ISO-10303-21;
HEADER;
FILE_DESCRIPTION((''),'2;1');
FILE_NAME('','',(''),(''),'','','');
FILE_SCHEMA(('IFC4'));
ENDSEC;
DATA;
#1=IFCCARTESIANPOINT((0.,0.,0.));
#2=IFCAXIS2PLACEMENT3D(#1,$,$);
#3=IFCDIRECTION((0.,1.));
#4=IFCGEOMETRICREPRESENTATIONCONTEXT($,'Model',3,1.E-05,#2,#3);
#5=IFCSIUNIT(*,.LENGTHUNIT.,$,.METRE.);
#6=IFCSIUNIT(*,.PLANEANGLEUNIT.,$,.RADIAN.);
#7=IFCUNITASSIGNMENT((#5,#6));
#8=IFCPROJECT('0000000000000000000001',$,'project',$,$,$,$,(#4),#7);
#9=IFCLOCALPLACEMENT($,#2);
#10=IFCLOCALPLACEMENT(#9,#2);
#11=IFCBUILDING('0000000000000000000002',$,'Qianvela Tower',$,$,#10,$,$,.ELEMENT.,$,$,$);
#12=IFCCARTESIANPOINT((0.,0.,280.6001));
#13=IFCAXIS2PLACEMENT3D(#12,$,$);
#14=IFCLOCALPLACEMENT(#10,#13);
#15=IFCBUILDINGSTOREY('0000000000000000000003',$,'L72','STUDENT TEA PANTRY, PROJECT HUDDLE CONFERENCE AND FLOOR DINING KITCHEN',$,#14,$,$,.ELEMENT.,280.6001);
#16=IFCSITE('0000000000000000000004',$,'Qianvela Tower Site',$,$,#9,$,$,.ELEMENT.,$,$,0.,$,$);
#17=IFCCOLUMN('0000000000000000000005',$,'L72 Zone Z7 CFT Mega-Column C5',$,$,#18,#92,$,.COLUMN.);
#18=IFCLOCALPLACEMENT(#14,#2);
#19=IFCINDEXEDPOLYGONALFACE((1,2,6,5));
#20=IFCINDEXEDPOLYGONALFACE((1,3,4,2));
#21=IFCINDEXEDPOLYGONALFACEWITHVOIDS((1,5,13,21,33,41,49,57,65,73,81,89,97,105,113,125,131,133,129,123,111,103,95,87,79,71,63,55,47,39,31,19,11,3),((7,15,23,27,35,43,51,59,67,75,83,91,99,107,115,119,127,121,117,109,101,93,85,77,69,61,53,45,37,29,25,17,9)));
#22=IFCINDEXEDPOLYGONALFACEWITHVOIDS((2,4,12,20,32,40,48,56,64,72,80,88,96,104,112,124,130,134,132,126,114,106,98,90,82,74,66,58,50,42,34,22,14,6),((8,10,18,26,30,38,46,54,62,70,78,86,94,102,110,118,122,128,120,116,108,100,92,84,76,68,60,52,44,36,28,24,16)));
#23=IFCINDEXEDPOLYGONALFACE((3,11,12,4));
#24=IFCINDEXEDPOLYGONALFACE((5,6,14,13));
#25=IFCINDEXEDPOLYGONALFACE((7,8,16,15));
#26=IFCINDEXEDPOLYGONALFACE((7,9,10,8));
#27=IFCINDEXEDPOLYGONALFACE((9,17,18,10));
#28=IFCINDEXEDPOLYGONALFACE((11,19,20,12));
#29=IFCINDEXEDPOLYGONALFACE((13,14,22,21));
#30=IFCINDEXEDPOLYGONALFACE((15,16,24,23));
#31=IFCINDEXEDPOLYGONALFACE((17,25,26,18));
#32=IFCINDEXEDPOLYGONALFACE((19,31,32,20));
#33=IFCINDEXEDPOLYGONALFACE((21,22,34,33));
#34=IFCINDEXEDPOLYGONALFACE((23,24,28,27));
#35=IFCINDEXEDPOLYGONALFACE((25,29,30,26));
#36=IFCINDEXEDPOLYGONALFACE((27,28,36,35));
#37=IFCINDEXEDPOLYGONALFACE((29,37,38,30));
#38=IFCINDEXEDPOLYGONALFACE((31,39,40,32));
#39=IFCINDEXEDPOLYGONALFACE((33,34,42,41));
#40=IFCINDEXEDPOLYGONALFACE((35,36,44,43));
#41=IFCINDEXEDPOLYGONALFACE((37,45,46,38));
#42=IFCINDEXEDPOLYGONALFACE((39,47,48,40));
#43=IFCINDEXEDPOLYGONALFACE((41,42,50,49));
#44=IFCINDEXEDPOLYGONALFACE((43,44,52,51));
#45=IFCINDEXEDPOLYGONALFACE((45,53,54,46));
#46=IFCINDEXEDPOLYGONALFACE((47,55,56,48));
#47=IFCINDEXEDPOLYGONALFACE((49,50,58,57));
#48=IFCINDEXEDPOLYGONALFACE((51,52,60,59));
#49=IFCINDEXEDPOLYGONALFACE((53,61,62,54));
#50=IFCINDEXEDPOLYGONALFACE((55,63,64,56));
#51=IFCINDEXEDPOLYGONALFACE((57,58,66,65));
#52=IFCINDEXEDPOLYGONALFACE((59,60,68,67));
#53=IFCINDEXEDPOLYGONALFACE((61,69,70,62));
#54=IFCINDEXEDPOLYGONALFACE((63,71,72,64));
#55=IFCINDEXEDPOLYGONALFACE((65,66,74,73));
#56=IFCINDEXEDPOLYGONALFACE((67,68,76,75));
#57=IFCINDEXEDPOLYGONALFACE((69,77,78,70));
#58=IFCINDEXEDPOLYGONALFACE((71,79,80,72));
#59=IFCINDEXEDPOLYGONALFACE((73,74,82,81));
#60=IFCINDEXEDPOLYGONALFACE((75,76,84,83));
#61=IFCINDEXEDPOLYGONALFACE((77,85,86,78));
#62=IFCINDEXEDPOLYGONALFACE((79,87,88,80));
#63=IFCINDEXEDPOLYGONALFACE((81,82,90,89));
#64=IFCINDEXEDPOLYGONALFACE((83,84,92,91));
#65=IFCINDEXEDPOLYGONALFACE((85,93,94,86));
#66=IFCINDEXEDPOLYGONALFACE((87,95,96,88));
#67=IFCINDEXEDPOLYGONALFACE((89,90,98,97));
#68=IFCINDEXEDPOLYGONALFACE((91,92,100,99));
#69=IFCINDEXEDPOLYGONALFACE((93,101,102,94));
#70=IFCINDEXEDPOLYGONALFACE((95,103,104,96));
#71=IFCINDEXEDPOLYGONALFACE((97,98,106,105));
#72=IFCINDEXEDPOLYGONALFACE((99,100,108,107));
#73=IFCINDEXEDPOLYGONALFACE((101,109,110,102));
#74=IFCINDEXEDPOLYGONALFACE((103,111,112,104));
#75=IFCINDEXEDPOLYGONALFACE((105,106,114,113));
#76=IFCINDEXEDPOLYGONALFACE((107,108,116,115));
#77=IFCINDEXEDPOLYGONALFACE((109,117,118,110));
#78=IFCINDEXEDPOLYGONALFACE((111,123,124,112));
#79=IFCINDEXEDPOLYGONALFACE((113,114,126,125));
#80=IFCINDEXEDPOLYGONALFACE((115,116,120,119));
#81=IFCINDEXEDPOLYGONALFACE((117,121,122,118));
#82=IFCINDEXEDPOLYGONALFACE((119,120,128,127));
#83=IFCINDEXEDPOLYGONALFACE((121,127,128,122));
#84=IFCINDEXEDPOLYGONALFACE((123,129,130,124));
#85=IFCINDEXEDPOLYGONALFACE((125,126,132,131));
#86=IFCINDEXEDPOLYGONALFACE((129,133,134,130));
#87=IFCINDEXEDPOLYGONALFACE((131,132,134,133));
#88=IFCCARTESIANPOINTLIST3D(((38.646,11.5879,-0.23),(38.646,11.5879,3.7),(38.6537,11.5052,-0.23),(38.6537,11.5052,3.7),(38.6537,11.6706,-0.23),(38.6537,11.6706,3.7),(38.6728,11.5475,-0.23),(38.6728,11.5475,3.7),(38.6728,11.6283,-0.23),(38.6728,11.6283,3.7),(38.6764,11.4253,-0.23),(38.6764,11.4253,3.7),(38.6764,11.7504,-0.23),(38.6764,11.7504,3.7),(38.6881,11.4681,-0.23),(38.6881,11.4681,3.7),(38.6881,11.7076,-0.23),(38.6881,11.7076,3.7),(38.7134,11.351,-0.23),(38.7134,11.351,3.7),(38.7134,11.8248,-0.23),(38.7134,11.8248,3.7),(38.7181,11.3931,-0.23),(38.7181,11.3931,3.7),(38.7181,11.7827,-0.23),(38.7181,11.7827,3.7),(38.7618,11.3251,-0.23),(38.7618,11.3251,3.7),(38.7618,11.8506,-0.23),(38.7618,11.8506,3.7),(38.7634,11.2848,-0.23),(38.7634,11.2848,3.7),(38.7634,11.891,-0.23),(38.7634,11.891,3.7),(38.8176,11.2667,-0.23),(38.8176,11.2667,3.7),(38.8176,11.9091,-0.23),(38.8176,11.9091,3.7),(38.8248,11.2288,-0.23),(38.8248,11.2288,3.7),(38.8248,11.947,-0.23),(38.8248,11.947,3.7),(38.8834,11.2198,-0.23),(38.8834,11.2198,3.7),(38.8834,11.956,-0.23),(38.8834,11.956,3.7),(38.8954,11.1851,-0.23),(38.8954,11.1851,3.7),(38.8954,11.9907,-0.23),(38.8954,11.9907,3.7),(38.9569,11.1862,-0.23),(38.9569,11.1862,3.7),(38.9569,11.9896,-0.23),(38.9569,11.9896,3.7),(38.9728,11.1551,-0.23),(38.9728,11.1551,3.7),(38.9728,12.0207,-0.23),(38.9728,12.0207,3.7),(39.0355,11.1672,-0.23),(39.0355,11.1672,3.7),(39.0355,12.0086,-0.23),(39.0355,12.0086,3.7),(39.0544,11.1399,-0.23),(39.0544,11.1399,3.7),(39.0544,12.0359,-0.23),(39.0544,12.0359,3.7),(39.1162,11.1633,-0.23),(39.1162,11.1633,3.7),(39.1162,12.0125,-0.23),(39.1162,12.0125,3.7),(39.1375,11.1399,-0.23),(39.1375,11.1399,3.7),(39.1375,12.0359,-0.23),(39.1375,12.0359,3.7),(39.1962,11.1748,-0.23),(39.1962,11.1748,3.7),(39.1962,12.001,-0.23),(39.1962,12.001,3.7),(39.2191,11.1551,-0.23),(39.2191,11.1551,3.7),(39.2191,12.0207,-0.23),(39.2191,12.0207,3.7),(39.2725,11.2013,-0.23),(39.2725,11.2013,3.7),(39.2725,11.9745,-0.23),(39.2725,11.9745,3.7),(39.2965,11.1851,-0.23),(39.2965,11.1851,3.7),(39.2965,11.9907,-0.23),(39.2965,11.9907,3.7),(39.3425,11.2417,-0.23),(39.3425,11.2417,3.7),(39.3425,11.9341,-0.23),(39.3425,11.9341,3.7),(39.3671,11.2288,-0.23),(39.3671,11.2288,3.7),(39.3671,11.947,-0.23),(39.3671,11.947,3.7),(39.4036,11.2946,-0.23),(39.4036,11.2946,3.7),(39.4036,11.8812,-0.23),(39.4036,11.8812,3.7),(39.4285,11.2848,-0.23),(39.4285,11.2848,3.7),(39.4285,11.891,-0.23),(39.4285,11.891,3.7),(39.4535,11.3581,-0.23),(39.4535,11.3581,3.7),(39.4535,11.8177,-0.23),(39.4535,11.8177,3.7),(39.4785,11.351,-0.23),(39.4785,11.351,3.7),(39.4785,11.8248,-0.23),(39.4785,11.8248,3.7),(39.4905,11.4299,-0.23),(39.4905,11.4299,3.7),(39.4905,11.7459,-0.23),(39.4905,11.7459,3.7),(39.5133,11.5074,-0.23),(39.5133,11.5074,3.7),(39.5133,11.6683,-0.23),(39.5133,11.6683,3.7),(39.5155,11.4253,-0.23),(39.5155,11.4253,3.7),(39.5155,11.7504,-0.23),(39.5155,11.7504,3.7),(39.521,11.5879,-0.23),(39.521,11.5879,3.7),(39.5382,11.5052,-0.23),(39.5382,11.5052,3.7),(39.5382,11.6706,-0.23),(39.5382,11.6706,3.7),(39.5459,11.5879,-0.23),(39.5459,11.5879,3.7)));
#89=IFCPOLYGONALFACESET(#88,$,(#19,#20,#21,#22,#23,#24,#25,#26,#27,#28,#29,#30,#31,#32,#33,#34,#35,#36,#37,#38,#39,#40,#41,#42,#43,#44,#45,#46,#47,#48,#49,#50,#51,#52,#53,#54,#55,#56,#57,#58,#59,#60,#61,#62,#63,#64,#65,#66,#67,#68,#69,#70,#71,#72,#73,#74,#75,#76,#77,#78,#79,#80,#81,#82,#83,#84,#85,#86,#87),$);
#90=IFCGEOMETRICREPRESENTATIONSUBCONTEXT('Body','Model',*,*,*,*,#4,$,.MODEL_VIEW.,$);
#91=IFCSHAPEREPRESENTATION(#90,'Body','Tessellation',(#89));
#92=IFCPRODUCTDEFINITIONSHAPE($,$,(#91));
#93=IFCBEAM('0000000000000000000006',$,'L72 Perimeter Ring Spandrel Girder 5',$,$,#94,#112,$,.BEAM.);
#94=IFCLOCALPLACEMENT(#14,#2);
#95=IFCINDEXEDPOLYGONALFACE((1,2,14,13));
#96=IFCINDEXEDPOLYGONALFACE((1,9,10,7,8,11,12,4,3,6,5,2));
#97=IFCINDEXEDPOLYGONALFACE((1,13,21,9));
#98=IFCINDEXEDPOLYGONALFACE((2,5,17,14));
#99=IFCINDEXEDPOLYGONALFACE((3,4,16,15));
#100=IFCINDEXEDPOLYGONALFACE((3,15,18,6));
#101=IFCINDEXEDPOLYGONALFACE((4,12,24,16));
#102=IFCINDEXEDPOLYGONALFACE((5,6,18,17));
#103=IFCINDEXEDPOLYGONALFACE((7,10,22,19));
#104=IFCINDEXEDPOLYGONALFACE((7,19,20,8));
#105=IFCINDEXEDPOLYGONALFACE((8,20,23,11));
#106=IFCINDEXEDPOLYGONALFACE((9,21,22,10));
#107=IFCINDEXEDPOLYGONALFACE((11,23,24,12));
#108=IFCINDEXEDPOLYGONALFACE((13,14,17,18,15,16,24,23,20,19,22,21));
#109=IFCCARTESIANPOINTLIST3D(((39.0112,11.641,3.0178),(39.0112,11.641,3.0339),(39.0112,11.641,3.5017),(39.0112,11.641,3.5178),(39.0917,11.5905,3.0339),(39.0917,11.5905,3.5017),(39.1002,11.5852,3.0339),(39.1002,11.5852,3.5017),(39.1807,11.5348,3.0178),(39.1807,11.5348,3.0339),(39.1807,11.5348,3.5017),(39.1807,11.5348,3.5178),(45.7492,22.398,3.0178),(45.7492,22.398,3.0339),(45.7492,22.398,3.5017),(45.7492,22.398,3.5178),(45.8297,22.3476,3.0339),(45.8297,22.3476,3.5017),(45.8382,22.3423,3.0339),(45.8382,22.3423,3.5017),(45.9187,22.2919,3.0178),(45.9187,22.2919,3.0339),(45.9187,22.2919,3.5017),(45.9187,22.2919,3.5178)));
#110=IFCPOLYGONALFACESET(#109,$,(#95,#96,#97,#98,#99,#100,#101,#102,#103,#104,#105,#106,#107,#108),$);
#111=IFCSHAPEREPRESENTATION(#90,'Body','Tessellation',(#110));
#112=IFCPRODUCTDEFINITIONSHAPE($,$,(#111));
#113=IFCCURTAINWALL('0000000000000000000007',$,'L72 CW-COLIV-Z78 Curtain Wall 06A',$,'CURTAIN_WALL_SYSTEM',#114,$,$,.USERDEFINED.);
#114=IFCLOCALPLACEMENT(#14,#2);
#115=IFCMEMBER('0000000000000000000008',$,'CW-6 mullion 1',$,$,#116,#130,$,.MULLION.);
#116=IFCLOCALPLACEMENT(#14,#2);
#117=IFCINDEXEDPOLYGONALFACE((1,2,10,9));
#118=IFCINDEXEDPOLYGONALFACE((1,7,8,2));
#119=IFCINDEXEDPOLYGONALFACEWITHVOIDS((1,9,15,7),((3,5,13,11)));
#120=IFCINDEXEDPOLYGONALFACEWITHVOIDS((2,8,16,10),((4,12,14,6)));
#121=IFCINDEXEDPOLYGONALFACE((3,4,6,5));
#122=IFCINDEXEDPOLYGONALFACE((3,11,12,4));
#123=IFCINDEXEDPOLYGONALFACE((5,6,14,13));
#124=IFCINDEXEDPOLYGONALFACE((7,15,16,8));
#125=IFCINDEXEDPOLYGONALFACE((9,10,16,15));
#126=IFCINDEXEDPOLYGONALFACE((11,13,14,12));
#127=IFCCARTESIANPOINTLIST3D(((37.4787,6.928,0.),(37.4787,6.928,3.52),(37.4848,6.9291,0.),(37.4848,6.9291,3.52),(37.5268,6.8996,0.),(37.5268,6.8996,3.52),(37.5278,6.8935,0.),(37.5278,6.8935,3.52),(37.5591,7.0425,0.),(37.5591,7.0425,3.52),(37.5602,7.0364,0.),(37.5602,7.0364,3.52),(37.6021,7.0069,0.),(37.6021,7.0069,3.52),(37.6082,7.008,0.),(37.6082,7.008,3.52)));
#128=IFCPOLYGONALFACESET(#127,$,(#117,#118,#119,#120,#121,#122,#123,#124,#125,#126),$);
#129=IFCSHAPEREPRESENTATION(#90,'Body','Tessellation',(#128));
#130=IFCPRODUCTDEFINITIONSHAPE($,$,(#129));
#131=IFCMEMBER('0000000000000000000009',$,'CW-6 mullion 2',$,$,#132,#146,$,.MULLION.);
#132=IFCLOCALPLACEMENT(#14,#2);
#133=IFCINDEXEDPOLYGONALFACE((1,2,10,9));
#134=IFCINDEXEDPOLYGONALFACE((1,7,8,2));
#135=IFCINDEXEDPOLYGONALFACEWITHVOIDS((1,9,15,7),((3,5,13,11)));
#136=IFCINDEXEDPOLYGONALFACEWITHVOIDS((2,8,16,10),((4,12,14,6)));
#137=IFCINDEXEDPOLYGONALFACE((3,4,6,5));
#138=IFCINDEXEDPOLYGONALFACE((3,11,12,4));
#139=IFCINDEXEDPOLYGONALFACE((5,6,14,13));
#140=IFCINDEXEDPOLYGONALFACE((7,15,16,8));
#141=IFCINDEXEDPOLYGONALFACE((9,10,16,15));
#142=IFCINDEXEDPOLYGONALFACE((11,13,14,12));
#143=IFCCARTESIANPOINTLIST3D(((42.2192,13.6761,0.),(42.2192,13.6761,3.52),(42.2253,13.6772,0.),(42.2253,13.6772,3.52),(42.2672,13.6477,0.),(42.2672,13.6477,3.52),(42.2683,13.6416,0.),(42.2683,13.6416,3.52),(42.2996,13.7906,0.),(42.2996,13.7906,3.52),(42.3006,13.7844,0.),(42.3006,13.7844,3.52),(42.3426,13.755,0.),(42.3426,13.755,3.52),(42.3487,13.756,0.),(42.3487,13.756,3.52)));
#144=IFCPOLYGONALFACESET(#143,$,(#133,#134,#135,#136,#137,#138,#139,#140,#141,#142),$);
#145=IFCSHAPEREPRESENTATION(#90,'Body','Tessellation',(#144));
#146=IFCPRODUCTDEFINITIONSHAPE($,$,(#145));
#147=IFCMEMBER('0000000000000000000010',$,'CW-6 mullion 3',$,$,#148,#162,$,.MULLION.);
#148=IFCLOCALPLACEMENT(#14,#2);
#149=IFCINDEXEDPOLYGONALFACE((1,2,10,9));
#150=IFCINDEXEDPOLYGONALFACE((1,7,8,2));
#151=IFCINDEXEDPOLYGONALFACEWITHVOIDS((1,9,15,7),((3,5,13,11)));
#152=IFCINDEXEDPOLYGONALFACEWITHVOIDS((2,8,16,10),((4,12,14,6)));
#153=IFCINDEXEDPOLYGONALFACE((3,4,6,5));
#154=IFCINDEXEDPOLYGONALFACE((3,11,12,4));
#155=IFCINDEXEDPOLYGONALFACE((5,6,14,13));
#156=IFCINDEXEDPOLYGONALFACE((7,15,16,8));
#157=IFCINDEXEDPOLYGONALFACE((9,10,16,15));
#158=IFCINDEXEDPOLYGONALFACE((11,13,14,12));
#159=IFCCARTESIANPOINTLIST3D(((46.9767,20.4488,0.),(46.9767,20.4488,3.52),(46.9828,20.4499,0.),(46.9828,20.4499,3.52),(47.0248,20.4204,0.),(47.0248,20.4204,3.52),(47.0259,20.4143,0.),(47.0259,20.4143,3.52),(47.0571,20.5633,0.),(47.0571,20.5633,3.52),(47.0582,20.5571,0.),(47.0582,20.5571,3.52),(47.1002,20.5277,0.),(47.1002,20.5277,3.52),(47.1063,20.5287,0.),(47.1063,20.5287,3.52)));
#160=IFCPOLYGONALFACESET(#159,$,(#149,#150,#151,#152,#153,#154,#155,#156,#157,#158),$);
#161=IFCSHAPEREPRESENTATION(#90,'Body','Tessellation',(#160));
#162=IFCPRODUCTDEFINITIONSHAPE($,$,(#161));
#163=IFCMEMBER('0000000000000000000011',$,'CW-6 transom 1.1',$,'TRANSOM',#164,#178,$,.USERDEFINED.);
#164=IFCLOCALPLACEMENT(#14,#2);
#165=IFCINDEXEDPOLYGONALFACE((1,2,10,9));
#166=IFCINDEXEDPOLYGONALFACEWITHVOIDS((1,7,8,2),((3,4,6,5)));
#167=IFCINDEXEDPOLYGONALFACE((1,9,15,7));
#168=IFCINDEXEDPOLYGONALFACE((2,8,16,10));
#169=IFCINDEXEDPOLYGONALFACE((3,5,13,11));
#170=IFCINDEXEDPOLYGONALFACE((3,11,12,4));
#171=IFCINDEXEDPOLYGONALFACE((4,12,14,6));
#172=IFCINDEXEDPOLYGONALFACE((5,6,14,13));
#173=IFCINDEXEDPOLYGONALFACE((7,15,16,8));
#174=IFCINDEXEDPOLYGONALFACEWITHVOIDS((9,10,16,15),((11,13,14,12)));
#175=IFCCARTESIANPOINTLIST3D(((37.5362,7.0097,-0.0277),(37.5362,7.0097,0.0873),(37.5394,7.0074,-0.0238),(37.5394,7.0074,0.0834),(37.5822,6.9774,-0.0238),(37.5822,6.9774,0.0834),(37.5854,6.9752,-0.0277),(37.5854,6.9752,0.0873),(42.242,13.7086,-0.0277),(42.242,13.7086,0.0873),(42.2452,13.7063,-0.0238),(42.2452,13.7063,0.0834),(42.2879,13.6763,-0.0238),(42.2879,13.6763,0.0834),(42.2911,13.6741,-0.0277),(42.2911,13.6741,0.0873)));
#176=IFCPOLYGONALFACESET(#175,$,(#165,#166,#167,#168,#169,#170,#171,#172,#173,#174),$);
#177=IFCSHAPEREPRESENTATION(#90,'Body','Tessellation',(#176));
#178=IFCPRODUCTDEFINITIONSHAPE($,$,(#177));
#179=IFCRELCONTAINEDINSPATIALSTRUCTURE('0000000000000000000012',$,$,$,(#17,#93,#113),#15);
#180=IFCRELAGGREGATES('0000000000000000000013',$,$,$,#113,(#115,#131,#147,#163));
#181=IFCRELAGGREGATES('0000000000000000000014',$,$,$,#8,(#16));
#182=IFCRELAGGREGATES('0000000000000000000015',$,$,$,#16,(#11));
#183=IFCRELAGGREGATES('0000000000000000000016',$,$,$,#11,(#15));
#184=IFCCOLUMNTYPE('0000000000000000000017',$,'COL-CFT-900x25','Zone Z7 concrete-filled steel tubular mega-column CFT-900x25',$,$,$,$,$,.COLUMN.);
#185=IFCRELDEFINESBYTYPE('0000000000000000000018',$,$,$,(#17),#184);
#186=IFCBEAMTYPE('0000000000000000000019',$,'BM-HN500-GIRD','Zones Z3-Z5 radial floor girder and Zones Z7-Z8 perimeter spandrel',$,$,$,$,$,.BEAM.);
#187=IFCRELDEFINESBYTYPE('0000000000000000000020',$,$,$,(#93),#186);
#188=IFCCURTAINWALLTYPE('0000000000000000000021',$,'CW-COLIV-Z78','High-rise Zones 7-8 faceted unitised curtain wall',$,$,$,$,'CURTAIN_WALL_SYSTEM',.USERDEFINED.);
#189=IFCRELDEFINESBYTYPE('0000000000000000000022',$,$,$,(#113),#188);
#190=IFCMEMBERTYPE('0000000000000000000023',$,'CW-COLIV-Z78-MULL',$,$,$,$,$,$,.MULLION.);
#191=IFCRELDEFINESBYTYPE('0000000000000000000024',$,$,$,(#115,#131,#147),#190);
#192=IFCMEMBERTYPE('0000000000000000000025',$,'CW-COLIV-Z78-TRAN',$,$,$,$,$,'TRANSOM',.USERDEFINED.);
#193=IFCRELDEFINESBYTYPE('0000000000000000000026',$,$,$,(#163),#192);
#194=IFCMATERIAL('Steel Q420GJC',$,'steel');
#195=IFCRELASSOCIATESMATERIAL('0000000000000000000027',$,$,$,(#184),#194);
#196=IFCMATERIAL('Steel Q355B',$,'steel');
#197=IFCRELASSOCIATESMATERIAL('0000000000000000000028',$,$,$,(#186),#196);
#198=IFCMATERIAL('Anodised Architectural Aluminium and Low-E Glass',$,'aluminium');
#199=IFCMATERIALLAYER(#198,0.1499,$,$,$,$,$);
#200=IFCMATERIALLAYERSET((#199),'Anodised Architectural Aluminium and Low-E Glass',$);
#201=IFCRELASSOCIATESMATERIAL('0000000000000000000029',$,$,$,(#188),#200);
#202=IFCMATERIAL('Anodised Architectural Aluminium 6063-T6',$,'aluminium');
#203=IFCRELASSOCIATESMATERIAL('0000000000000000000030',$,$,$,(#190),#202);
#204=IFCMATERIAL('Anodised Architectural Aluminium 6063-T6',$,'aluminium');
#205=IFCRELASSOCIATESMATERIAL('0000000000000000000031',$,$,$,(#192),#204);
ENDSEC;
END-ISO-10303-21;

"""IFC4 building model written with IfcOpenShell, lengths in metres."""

from ifc_helpers import new_model, si_unit, direction, frame, origin, origin_2d, place, context, subcontext, project, spatial, hollow_rectangle, hollow_circle, i_section, extrude, material, layer, layer_set, material_profile, profile_set, type_object, element, aggregate, save


model = new_model("IFC4")

# Units and contexts
model_context = context("Model", 3, precision=1e-05, world=origin(), true_north=direction((0.0, 1.0)))
body_context = subcontext(model_context, "Body", "Model", "MODEL_VIEW")
ifc_project = project(units=[si_unit("LENGTHUNIT", "METRE"), si_unit("PLANEANGLEUNIT", "RADIAN")], contexts=[model_context])

# Site, building, storey
site_placement = place(None, origin())
site = spatial("IfcSite", under=ifc_project, at=site_placement, Name="Qianvela Tower Site", CompositionType="ELEMENT", RefElevation=0.0)
building_placement = place(site_placement, origin())
building = spatial("IfcBuilding", under=site, at=building_placement, Name="Qianvela Tower", CompositionType="ELEMENT")
storey_placement = place(building_placement, frame((0.0, 0.0, 280.6001)))
storey = spatial("IfcBuildingStorey", under=building, at=storey_placement, Name="L72", Description="STUDENT TEA PANTRY, PROJECT HUDDLE CONFERENCE AND FLOOR DINING KITCHEN", CompositionType="ELEMENT", Elevation=280.6001)

# Column
ifc_material_1 = material(Name="Steel Q420GJC", Category="steel")
ifc_material_profile_1 = material_profile(ifc_material_1, hollow_circle(Radius=0.45, WallThickness=0.0249, at=origin_2d()), Name="CFT-900x25")
ifc_profile_set_1 = profile_set([ifc_material_profile_1], Name="Steel Q420GJC")
column_type = type_object("IfcColumnType", Name="COL-CFT-900x25", Description="Zone Z7 concrete-filled steel tubular mega-column CFT-900x25", PredefinedType="COLUMN", material=ifc_profile_set_1)
column_placement = place(storey_placement, frame((39.0959, 11.5879, -0.23), z_axis=(0.0, 0.0, 1.0), x_axis=(1.0, 0.0, 0.0)))
element("IfcColumn", 1, at=column_placement, inside=storey, type_object=column_type, Name="L72 Zone Z7 CFT Mega-Column C5", PredefinedType="COLUMN", context=body_context, shape_type="SweptSolid", body=[
    extrude(hollow_circle(Radius=0.45, WallThickness=0.0249, at=origin_2d()), origin(), (0.0, 0.0, 1.0), 3.9299),
])

# Beam
ifc_material_2 = material(Name="Steel Q355B", Category="steel")
ifc_material_profile_2 = material_profile(ifc_material_2, i_section(OverallWidth=0.2, OverallDepth=0.5, WebThickness=0.01, FlangeThickness=0.0161, at=origin_2d()), Name="HN500x200x10x16")
ifc_profile_set_2 = profile_set([ifc_material_profile_2], Name="Steel Q355B")
beam_type = type_object("IfcBeamType", Name="BM-HN500-GIRD", Description="Zones Z3-Z5 radial floor girder and Zones Z7-Z8 perimeter spandrel", PredefinedType="BEAM", material=ifc_profile_set_2)
beam_placement = place(storey_placement, frame((39.0959, 11.5879, 3.2678), z_axis=(0.530841, 0.847472, 0.0), x_axis=(-0.847472, 0.530841, 0.0)))
element("IfcBeam", 2, at=beam_placement, inside=storey, type_object=beam_type, Name="L72 Perimeter Ring Spandrel Girder 5", PredefinedType="BEAM", context=body_context, shape_type="SweptSolid", body=[
    extrude(i_section(OverallWidth=0.2, OverallDepth=0.5, WebThickness=0.01, FlangeThickness=0.0161, at=origin_2d()), origin(), (0.0, 0.0, 1.0), 12.6931),
])

# Curtain wall, members
ifc_material_3 = material(Name="Anodised Architectural Aluminium and Low-E Glass", Category="aluminium")
ifc_layer_1 = layer(ifc_material_3, 0.1499)
ifc_layer_set_1 = layer_set([ifc_layer_1], Name="Anodised Architectural Aluminium and Low-E Glass")
curtain_wall_type = type_object("IfcCurtainWallType", Name="CW-COLIV-Z78", Description="High-rise Zones 7-8 faceted unitised curtain wall", ElementType="CURTAIN_WALL_SYSTEM", PredefinedType="USERDEFINED", material=ifc_layer_set_1)
curtain_wall_placement = place(storey_placement, origin())
curtain_wall = element("IfcCurtainWall", 3, at=curtain_wall_placement, inside=storey, type_object=curtain_wall_type, Name="L72 CW-COLIV-Z78 Curtain Wall 06A", ObjectType="CURTAIN_WALL_SYSTEM", PredefinedType="USERDEFINED")
ifc_material_4 = material(Name="Anodised Architectural Aluminium 6063-T6", Category="aluminium")
ifc_material_profile_3 = material_profile(ifc_material_4, hollow_rectangle(XDim=0.0601, YDim=0.1399, WallThickness=0.0044, at=origin_2d()), Name="ALU-MULL-60x140")
ifc_profile_set_3 = profile_set([ifc_material_profile_3], Name="Anodised Architectural Aluminium 6063-T6")
member_type_1 = type_object("IfcMemberType", Name="CW-COLIV-Z78-MULL", PredefinedType="MULLION", material=ifc_profile_set_3)
member_1_placement = place(storey_placement, frame((37.5435, 6.968, 0.0), z_axis=(0.0, 0.0, 1.0), x_axis=(-0.81828, 0.57482, 0.0)))
member_1 = element("IfcMember", 4, at=member_1_placement, type_object=member_type_1, Name="CW-6 mullion 1", PredefinedType="MULLION", context=body_context, shape_type="SweptSolid", body=[
    extrude(hollow_rectangle(XDim=0.0601, YDim=0.1399, WallThickness=0.0044, at=origin_2d()), origin(), (0.0, 0.0, 1.0), 3.52),
])
member_2_placement = place(storey_placement, frame((42.2839, 13.7161, 0.0), z_axis=(0.0, 0.0, 1.0), x_axis=(-0.81828, 0.57482, 0.0)))
member_2 = element("IfcMember", 5, at=member_2_placement, type_object=member_type_1, Name="CW-6 mullion 2", PredefinedType="MULLION", context=body_context, shape_type="SweptSolid", body=[
    extrude(hollow_rectangle(XDim=0.0601, YDim=0.1399, WallThickness=0.0044, at=origin_2d()), origin(), (0.0, 0.0, 1.0), 3.52),
])
member_3_placement = place(storey_placement, frame((47.0415, 20.4888, 0.0), z_axis=(0.0, 0.0, 1.0), x_axis=(-0.81828, 0.57482, 0.0)))
member_3 = element("IfcMember", 6, at=member_3_placement, type_object=member_type_1, Name="CW-6 mullion 3", PredefinedType="MULLION", context=body_context, shape_type="SweptSolid", body=[
    extrude(hollow_rectangle(XDim=0.0601, YDim=0.1399, WallThickness=0.0044, at=origin_2d()), origin(), (0.0, 0.0, 1.0), 3.52),
])
ifc_material_5 = material(Name="Anodised Architectural Aluminium 6063-T6", Category="aluminium")
ifc_material_profile_4 = material_profile(ifc_material_5, hollow_rectangle(XDim=0.0601, YDim=0.115, WallThickness=0.0039, at=origin_2d()), Name="ALU-TRAN-60x115")
ifc_profile_set_4 = profile_set([ifc_material_profile_4], Name="Anodised Architectural Aluminium 6063-T6")
member_type_2 = type_object("IfcMemberType", Name="CW-COLIV-Z78-TRAN", ElementType="TRANSOM", PredefinedType="USERDEFINED", material=ifc_profile_set_4)
member_4_placement = place(storey_placement, frame((37.5608, 6.9924, 0.0298), z_axis=(0.574817, 0.818282, 0.0), x_axis=(-0.818282, 0.574817, 0.0)))
member_4 = element("IfcMember", 7, at=member_4_placement, type_object=member_type_2, Name="CW-6 transom 1.1", ObjectType="TRANSOM", PredefinedType="USERDEFINED", context=body_context, shape_type="SweptSolid", body=[
    extrude(hollow_rectangle(XDim=0.0601, YDim=0.115, WallThickness=0.0039, at=origin_2d()), origin(), (0.0, 0.0, 1.0), 8.1865),
])
aggregate(curtain_wall, [member_1, member_2, member_3, member_4])

save(model, "model.ifc")
